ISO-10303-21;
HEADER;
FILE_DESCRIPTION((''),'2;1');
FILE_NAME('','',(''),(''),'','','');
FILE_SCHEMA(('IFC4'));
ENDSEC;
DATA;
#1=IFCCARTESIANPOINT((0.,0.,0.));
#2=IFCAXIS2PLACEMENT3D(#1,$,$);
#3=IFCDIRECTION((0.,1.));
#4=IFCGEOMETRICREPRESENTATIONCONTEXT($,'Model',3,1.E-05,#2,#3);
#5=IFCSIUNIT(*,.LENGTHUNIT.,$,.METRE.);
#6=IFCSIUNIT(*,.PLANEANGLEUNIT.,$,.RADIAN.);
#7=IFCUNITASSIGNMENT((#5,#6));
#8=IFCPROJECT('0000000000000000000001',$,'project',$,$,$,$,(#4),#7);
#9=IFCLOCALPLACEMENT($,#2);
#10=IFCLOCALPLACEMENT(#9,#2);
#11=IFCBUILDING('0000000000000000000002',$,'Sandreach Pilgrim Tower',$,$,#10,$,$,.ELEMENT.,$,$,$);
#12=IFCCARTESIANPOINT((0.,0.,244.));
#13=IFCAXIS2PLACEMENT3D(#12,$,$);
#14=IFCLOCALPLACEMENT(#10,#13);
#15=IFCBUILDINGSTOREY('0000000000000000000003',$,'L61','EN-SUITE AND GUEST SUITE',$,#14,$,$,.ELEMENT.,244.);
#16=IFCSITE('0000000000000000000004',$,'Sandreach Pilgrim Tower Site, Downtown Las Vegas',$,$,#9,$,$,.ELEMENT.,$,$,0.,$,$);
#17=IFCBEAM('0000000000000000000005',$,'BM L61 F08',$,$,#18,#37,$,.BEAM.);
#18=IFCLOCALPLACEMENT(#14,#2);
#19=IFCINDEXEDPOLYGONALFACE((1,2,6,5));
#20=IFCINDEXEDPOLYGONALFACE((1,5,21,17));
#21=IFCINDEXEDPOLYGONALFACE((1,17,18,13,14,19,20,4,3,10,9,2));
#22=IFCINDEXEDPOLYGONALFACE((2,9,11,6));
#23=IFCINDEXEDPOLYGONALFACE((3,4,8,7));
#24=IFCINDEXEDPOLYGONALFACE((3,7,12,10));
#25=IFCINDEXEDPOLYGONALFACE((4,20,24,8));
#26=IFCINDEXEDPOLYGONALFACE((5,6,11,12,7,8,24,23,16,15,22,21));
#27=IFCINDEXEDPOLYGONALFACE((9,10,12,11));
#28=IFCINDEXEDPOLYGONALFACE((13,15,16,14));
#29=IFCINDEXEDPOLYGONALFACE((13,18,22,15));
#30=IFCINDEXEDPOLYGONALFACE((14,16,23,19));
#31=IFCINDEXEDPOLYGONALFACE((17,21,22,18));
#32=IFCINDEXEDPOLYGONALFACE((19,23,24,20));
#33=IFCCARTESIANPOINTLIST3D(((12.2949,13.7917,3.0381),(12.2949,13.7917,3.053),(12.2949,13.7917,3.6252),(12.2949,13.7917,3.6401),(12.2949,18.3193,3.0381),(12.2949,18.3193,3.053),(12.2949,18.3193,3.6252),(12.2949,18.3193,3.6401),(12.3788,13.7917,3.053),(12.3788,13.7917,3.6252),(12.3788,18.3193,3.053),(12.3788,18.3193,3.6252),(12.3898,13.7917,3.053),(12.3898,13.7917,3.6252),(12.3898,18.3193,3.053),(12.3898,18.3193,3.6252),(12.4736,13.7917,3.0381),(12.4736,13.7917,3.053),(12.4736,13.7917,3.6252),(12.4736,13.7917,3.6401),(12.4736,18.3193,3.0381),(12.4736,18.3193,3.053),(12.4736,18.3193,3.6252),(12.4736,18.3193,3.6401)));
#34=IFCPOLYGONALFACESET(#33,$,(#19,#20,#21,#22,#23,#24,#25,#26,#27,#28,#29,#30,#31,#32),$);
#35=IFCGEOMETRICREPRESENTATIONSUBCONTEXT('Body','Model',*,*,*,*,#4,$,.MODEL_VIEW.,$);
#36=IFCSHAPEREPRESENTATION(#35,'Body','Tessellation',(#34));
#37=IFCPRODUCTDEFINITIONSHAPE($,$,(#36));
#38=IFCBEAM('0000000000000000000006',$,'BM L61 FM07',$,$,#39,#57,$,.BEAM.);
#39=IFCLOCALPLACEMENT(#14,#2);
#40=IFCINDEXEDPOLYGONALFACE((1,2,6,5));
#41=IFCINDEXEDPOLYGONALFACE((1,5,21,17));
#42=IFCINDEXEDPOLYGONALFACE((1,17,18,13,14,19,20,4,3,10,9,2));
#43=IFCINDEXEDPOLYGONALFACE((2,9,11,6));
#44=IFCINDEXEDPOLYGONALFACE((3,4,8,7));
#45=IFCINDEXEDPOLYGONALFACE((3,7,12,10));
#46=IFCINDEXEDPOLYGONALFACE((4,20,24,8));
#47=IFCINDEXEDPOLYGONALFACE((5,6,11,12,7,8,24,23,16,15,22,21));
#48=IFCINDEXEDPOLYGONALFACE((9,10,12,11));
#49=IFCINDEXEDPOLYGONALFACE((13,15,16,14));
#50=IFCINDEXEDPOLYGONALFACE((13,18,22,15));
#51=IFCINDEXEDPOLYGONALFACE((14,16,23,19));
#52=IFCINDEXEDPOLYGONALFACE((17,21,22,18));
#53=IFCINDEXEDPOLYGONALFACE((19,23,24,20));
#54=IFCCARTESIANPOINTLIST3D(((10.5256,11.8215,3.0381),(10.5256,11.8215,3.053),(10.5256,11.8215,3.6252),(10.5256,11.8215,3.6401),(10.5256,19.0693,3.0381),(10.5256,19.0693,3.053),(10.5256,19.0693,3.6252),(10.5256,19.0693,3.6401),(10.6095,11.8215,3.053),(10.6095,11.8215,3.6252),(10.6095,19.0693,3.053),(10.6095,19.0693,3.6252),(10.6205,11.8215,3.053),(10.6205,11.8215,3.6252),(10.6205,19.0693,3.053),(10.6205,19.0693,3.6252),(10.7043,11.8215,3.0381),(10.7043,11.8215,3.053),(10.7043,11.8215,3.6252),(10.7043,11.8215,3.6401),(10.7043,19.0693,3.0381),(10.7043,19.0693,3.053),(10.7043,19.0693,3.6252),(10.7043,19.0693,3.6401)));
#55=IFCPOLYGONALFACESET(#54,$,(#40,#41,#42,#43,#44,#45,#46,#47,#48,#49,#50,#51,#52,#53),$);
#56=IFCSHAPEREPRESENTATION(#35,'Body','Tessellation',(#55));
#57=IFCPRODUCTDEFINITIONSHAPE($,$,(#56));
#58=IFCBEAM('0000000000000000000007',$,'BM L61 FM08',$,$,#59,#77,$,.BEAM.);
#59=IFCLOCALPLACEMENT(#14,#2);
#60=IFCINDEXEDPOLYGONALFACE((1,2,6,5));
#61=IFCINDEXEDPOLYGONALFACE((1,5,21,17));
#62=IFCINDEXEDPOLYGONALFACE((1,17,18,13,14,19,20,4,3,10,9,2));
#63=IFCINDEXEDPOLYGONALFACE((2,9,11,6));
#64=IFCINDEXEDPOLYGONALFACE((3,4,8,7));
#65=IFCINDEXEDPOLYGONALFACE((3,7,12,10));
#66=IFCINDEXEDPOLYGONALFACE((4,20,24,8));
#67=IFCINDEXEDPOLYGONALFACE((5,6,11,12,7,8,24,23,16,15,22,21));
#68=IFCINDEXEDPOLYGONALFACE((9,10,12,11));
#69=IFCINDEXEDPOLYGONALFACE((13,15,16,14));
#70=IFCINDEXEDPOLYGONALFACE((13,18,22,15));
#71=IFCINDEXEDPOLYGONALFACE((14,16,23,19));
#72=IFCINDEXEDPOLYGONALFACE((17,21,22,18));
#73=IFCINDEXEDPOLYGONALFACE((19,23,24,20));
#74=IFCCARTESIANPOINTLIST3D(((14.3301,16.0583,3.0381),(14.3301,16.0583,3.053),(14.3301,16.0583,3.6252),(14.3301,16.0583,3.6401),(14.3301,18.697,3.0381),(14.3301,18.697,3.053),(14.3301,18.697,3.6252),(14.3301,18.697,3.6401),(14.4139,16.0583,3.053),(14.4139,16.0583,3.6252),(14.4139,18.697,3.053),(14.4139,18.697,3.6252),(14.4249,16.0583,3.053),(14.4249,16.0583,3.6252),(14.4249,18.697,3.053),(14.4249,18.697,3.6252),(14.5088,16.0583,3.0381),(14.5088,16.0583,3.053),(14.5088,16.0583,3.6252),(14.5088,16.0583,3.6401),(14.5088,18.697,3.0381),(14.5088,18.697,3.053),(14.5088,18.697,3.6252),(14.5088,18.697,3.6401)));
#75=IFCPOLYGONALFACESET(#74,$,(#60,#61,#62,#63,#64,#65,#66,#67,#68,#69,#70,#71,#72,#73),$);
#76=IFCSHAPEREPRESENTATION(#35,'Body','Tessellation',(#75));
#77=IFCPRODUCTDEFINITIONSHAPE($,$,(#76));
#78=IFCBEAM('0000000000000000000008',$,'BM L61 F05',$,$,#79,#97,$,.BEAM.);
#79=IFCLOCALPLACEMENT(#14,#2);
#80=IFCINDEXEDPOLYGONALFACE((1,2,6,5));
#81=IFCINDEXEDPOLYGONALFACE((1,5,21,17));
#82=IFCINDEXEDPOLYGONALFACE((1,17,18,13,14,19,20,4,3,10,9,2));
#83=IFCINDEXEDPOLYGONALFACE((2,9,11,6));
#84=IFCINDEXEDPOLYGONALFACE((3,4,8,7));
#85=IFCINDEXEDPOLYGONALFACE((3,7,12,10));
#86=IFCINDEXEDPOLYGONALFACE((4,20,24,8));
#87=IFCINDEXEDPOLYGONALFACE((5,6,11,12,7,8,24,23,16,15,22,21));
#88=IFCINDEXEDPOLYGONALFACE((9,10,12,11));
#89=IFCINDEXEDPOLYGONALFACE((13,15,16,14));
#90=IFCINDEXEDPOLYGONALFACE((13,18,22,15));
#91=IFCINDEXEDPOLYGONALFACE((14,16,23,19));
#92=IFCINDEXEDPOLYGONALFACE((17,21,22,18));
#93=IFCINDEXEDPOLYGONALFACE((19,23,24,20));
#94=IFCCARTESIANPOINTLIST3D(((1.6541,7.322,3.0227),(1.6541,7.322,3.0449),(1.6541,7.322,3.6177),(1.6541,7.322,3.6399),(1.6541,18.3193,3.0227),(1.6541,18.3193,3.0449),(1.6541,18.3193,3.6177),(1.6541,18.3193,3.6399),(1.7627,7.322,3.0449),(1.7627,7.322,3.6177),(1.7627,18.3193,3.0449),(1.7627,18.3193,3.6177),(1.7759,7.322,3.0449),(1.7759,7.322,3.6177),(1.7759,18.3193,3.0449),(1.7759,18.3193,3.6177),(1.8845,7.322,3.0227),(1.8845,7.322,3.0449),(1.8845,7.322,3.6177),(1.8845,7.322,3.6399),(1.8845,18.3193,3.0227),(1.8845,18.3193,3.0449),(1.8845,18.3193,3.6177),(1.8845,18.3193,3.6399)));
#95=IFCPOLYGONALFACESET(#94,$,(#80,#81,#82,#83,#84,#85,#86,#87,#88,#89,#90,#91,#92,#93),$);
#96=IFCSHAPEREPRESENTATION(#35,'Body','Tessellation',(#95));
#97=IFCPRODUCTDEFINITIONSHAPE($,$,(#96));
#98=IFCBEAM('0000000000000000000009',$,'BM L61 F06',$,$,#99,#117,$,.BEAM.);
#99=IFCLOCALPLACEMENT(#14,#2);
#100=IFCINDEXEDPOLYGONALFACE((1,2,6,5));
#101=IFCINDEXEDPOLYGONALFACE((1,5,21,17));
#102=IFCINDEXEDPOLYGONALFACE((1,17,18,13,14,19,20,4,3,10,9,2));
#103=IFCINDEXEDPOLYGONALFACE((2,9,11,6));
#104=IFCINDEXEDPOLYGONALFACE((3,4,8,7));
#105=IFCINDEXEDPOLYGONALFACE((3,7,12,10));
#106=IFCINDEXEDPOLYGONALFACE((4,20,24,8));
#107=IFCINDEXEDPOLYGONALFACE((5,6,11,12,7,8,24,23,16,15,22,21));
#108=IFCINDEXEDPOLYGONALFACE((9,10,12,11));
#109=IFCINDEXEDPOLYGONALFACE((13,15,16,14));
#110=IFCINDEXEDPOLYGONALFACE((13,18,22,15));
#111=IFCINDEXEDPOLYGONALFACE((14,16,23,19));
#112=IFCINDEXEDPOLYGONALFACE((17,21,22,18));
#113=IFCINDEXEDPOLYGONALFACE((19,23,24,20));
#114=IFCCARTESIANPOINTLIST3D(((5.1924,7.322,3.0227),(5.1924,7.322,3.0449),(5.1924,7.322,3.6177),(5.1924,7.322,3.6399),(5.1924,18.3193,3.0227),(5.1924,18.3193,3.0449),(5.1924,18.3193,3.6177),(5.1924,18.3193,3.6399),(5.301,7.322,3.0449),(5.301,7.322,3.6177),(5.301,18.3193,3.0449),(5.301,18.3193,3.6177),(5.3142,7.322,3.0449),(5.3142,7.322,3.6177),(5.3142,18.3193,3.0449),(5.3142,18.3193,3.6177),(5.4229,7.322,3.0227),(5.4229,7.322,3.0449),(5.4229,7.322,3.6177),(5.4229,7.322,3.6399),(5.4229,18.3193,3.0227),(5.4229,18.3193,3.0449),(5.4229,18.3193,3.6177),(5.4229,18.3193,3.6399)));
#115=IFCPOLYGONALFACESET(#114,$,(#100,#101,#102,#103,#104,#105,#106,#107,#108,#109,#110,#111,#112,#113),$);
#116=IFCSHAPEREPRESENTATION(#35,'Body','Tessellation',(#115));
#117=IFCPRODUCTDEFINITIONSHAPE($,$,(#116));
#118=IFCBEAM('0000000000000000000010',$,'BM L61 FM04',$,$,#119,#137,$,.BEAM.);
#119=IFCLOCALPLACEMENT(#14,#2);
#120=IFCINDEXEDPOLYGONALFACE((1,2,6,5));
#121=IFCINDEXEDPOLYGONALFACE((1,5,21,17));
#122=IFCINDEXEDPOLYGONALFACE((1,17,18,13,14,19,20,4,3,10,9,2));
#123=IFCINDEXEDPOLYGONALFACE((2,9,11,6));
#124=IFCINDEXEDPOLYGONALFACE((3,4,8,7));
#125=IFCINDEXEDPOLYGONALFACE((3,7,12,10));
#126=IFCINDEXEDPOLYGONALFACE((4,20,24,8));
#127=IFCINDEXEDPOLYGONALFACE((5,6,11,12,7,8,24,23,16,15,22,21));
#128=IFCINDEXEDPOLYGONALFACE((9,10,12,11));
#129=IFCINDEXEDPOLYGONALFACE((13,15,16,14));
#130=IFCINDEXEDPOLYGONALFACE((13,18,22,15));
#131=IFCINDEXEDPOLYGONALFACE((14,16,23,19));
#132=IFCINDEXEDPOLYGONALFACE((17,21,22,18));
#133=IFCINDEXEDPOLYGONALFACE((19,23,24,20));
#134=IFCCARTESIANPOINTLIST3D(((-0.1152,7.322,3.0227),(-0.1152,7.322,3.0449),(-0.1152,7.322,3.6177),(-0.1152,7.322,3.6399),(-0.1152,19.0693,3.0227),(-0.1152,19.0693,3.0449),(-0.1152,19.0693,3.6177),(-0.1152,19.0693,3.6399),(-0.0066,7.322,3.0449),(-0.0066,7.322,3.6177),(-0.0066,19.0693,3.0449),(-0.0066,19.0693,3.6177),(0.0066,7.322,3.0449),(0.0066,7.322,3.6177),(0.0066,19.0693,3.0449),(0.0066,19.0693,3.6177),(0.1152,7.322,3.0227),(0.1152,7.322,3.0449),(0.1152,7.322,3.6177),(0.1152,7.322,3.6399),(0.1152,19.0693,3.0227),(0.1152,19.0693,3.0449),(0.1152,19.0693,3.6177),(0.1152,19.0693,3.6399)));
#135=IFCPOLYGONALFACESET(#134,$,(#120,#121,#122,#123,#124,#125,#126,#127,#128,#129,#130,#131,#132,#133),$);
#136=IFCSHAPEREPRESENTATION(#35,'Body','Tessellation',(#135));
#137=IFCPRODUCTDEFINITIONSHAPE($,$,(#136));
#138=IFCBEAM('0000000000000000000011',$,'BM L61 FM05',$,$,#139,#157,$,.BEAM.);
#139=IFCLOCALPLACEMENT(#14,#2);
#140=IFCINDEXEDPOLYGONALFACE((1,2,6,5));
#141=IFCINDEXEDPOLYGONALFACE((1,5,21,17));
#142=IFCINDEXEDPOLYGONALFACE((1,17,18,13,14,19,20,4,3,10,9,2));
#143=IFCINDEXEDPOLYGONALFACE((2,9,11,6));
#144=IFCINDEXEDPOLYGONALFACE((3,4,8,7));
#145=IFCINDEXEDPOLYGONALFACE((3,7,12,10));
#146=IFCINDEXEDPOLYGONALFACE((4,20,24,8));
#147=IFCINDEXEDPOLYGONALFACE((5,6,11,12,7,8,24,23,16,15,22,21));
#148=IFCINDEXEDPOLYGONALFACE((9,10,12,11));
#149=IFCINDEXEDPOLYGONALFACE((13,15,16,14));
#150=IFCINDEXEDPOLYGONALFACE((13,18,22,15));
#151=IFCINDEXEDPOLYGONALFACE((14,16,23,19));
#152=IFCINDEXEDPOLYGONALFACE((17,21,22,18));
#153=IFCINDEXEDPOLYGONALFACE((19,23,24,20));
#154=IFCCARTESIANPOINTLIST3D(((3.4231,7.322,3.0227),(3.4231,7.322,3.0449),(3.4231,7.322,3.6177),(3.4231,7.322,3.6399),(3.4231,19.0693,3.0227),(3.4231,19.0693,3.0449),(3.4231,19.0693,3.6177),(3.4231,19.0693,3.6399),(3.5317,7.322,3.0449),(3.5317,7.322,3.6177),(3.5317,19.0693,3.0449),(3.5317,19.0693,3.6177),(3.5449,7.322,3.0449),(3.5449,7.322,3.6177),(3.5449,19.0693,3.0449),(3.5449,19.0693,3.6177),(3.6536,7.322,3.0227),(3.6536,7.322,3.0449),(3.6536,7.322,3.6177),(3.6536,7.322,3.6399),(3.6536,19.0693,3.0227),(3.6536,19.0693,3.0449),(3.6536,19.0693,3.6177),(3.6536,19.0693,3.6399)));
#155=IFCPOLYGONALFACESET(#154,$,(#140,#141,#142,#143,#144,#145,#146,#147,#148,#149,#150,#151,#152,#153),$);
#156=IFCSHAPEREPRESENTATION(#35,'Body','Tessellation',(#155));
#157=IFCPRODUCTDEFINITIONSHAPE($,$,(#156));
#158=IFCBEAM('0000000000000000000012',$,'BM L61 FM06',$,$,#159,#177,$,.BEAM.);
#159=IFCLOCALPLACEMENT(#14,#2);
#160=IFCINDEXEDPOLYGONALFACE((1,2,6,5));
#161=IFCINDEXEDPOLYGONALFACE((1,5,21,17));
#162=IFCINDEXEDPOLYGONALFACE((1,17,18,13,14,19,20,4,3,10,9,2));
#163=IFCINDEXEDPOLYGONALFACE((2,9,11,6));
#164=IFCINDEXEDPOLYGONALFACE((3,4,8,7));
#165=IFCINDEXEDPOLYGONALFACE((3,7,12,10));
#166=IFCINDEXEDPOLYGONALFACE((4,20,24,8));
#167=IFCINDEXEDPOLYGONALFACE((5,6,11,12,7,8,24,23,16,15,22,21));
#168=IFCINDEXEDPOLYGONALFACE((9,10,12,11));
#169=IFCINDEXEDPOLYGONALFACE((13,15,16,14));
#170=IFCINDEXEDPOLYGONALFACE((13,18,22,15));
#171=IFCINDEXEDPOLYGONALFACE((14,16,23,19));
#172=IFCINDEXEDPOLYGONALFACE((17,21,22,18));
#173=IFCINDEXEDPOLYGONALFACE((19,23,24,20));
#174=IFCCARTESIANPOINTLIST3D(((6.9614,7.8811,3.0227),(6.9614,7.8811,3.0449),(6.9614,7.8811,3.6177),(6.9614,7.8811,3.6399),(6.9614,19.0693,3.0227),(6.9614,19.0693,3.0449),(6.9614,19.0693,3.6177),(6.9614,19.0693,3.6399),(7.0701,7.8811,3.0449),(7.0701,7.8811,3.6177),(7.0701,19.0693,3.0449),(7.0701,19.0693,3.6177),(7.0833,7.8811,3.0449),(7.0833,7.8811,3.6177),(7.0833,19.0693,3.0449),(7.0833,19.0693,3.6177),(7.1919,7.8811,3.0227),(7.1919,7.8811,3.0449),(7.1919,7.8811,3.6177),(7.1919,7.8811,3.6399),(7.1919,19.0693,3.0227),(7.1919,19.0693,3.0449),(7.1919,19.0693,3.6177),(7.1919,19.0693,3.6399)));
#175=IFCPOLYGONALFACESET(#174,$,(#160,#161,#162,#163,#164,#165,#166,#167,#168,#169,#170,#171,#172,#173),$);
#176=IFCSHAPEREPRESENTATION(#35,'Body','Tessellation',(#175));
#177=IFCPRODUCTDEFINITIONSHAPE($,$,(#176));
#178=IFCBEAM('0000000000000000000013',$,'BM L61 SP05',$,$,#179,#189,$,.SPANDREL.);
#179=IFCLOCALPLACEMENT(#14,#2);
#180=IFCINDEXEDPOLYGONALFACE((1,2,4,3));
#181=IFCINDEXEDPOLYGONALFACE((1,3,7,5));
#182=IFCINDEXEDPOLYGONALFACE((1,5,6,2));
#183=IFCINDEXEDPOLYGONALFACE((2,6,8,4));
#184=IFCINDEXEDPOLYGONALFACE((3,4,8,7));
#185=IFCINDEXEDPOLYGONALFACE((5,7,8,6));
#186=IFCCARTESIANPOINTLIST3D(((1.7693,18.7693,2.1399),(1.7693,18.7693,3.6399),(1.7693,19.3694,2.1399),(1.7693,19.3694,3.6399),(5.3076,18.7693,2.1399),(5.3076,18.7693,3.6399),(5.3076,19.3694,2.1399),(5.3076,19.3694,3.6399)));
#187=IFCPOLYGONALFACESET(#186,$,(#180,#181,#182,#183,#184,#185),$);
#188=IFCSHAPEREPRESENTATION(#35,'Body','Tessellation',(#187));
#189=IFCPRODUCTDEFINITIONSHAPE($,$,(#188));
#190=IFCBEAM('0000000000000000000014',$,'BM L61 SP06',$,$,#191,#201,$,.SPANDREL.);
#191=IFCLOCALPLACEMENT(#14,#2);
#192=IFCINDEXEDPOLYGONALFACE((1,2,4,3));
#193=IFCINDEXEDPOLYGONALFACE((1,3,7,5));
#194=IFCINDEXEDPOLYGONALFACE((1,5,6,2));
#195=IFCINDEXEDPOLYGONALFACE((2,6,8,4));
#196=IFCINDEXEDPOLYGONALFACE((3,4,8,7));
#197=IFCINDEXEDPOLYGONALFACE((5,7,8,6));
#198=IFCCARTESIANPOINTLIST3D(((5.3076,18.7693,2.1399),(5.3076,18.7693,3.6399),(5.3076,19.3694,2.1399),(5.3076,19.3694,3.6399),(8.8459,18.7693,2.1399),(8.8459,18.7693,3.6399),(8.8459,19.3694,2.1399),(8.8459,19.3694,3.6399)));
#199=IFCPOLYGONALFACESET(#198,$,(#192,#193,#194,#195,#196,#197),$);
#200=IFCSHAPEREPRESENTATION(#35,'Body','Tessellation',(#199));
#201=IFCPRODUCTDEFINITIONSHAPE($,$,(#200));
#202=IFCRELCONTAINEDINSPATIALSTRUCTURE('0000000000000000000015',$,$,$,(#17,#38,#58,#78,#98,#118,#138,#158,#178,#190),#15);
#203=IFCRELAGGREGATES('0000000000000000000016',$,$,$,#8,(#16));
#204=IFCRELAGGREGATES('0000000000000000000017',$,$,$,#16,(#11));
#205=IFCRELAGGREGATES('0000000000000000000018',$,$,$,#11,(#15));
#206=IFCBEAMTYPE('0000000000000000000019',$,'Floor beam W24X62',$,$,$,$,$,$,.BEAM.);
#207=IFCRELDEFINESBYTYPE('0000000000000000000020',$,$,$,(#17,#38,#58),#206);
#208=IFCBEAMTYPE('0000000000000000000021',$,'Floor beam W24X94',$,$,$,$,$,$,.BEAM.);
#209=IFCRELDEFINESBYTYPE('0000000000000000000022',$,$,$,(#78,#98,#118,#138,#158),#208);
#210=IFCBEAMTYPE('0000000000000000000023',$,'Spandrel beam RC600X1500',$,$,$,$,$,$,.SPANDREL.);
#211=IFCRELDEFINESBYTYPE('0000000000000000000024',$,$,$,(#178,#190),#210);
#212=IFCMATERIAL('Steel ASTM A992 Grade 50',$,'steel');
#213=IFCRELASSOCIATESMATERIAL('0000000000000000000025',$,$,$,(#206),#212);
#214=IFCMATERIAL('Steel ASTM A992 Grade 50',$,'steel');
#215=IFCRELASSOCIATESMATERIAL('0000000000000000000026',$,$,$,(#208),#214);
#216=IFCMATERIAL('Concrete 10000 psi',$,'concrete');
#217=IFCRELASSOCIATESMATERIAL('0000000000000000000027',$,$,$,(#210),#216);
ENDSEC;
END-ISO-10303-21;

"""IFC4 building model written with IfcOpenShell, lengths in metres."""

from ifc_helpers import new_model, si_unit, direction, frame, origin, origin_2d, place, context, subcontext, project, spatial, rectangle, i_section, extrude, material, material_profile, profile_set, type_object, element, save


model = new_model("IFC4")

# Units and contexts
model_context = context("Model", 3, precision=1e-05, world=origin(), true_north=direction((0.0, 1.0)))
body_context = subcontext(model_context, "Body", "Model", "MODEL_VIEW")
ifc_project = project(units=[si_unit("LENGTHUNIT", "METRE"), si_unit("PLANEANGLEUNIT", "RADIAN")], contexts=[model_context])

# Site, building, storey
site_placement = place(None, origin())
site = spatial("IfcSite", under=ifc_project, at=site_placement, Name="Sandreach Pilgrim Tower Site, Downtown Las Vegas", CompositionType="ELEMENT", RefElevation=0.0)
building_placement = place(site_placement, origin())
building = spatial("IfcBuilding", under=site, at=building_placement, Name="Sandreach Pilgrim Tower", CompositionType="ELEMENT")
storey_placement = place(building_placement, frame((0.0, 0.0, 244.0)))
storey = spatial("IfcBuildingStorey", under=building, at=storey_placement, Name="L61", Description="EN-SUITE AND GUEST SUITE", CompositionType="ELEMENT", Elevation=244.0)

# Beams
ifc_material_1 = material(Name="Steel ASTM A992 Grade 50", Category="steel")
ifc_material_profile_1 = material_profile(ifc_material_1, i_section(OverallWidth=0.1787, OverallDepth=0.6021, WebThickness=0.011, FlangeThickness=0.0149, at=origin_2d()), Name="W24X62")
ifc_profile_set_1 = profile_set([ifc_material_profile_1], Name="Steel ASTM A992 Grade 50")
beam_type_1 = type_object("IfcBeamType", Name="Floor beam W24X62", PredefinedType="BEAM", material=ifc_profile_set_1)
beam_1_placement = place(storey_placement, frame((12.3843, 18.3193, 3.3391), z_axis=(0.0, -1.0, 0.0), x_axis=(1.0, 0.0, 0.0)))
element("IfcBeam", 1, at=beam_1_placement, inside=storey, type_object=beam_type_1, Name="BM L61 F08", PredefinedType="BEAM", context=body_context, shape_type="SweptSolid", body=[
    extrude(i_section(OverallWidth=0.1787, OverallDepth=0.6021, WebThickness=0.011, FlangeThickness=0.0149, at=origin_2d()), origin(), (0.0, 0.0, 1.0), 4.5276),
])
beam_2_placement = place(storey_placement, frame((10.615, 19.0693, 3.3391), z_axis=(0.0, -1.0, 0.0), x_axis=(1.0, 0.0, 0.0)))
element("IfcBeam", 2, at=beam_2_placement, inside=storey, type_object=beam_type_1, Name="BM L61 FM07", PredefinedType="BEAM", context=body_context, shape_type="SweptSolid", body=[
    extrude(i_section(OverallWidth=0.1787, OverallDepth=0.6021, WebThickness=0.011, FlangeThickness=0.0149, at=origin_2d()), origin(), (0.0, 0.0, 1.0), 7.2478),
])
beam_3_placement = place(storey_placement, frame((14.4194, 18.697, 3.3391), z_axis=(0.0, -1.0, 0.0), x_axis=(1.0, 0.0, 0.0)))
element("IfcBeam", 3, at=beam_3_placement, inside=storey, type_object=beam_type_1, Name="BM L61 FM08", PredefinedType="BEAM", context=body_context, shape_type="SweptSolid", body=[
    extrude(i_section(OverallWidth=0.1787, OverallDepth=0.6021, WebThickness=0.011, FlangeThickness=0.0149, at=origin_2d()), origin(), (0.0, 0.0, 1.0), 2.6387),
])
ifc_material_2 = material(Name="Steel ASTM A992 Grade 50", Category="steel")
ifc_material_profile_2 = material_profile(ifc_material_2, i_section(OverallWidth=0.2305, OverallDepth=0.6172, WebThickness=0.0132, FlangeThickness=0.0222, at=origin_2d()), Name="W24X94")
ifc_profile_set_2 = profile_set([ifc_material_profile_2], Name="Steel ASTM A992 Grade 50")
beam_type_2 = type_object("IfcBeamType", Name="Floor beam W24X94", PredefinedType="BEAM", material=ifc_profile_set_2)
for number, where, z_axis, x_axis, name in (
    (4, (1.7693, 18.3193, 3.3313), (0.0, -1.0, 0.0), (1.0, 0.0, 0.0), "BM L61 F05"),
    (5, (5.3076, 18.3193, 3.3313), (0.0, -1.0, 0.0), (1.0, 0.0, 0.0), "BM L61 F06"),
):
    element("IfcBeam", number, at=place(storey_placement, frame(where, z_axis=z_axis, x_axis=x_axis)), inside=storey, type_object=beam_type_2, Name=name, PredefinedType="BEAM", context=body_context, shape_type="SweptSolid", body=[
        extrude(i_section(OverallWidth=0.2305, OverallDepth=0.6172, WebThickness=0.0132, FlangeThickness=0.0222, at=origin_2d()), origin(), (0.0, 0.0, 1.0), 10.9973),
    ])
for number, where, z_axis, x_axis, name in (
    (6, (0.0, 19.0693, 3.3313), (0.0, -1.0, 0.0), (1.0, 0.0, 0.0), "BM L61 FM04"),
    (7, (3.5383, 19.0693, 3.3313), (0.0, -1.0, 0.0), (1.0, 0.0, 0.0), "BM L61 FM05"),
):
    element("IfcBeam", number, at=place(storey_placement, frame(where, z_axis=z_axis, x_axis=x_axis)), inside=storey, type_object=beam_type_2, Name=name, PredefinedType="BEAM", context=body_context, shape_type="SweptSolid", body=[
        extrude(i_section(OverallWidth=0.2305, OverallDepth=0.6172, WebThickness=0.0132, FlangeThickness=0.0222, at=origin_2d()), origin(), (0.0, 0.0, 1.0), 11.7473),
    ])
beam_4_placement = place(storey_placement, frame((7.0767, 19.0693, 3.3313), z_axis=(0.0, -1.0, 0.0), x_axis=(1.0, 0.0, 0.0)))
element("IfcBeam", 8, at=beam_4_placement, inside=storey, type_object=beam_type_2, Name="BM L61 FM06", PredefinedType="BEAM", context=body_context, shape_type="SweptSolid", body=[
    extrude(i_section(OverallWidth=0.2305, OverallDepth=0.6172, WebThickness=0.0132, FlangeThickness=0.0222, at=origin_2d()), origin(), (0.0, 0.0, 1.0), 11.1882),
])
ifc_material_3 = material(Name="Concrete 10000 psi", Category="concrete")
ifc_material_profile_3 = material_profile(ifc_material_3, rectangle(XDim=0.6001, YDim=1.5, at=origin_2d()), Name="RC600X1500")
ifc_profile_set_3 = profile_set([ifc_material_profile_3], Name="Concrete 10000 psi")
beam_type_3 = type_object("IfcBeamType", Name="Spandrel beam RC600X1500", PredefinedType="SPANDREL", material=ifc_profile_set_3)
for number, where, z_axis, x_axis, name in (
    (9, (1.7693, 19.0693, 2.8899), (1.0, 0.0, 0.0), (0.0, 1.0, 0.0), "BM L61 SP05"),
    (10, (5.3076, 19.0693, 2.8899), (1.0, 0.0, 0.0), (0.0, 1.0, 0.0), "BM L61 SP06"),
):
    element("IfcBeam", number, at=place(storey_placement, frame(where, z_axis=z_axis, x_axis=x_axis)), inside=storey, type_object=beam_type_3, Name=name, PredefinedType="SPANDREL", context=body_context, shape_type="SweptSolid", body=[
        extrude(rectangle(XDim=0.6001, YDim=1.5, at=origin_2d()), origin(), (0.0, 0.0, 1.0), 3.5383),
    ])

save(model, "model.ifc")
